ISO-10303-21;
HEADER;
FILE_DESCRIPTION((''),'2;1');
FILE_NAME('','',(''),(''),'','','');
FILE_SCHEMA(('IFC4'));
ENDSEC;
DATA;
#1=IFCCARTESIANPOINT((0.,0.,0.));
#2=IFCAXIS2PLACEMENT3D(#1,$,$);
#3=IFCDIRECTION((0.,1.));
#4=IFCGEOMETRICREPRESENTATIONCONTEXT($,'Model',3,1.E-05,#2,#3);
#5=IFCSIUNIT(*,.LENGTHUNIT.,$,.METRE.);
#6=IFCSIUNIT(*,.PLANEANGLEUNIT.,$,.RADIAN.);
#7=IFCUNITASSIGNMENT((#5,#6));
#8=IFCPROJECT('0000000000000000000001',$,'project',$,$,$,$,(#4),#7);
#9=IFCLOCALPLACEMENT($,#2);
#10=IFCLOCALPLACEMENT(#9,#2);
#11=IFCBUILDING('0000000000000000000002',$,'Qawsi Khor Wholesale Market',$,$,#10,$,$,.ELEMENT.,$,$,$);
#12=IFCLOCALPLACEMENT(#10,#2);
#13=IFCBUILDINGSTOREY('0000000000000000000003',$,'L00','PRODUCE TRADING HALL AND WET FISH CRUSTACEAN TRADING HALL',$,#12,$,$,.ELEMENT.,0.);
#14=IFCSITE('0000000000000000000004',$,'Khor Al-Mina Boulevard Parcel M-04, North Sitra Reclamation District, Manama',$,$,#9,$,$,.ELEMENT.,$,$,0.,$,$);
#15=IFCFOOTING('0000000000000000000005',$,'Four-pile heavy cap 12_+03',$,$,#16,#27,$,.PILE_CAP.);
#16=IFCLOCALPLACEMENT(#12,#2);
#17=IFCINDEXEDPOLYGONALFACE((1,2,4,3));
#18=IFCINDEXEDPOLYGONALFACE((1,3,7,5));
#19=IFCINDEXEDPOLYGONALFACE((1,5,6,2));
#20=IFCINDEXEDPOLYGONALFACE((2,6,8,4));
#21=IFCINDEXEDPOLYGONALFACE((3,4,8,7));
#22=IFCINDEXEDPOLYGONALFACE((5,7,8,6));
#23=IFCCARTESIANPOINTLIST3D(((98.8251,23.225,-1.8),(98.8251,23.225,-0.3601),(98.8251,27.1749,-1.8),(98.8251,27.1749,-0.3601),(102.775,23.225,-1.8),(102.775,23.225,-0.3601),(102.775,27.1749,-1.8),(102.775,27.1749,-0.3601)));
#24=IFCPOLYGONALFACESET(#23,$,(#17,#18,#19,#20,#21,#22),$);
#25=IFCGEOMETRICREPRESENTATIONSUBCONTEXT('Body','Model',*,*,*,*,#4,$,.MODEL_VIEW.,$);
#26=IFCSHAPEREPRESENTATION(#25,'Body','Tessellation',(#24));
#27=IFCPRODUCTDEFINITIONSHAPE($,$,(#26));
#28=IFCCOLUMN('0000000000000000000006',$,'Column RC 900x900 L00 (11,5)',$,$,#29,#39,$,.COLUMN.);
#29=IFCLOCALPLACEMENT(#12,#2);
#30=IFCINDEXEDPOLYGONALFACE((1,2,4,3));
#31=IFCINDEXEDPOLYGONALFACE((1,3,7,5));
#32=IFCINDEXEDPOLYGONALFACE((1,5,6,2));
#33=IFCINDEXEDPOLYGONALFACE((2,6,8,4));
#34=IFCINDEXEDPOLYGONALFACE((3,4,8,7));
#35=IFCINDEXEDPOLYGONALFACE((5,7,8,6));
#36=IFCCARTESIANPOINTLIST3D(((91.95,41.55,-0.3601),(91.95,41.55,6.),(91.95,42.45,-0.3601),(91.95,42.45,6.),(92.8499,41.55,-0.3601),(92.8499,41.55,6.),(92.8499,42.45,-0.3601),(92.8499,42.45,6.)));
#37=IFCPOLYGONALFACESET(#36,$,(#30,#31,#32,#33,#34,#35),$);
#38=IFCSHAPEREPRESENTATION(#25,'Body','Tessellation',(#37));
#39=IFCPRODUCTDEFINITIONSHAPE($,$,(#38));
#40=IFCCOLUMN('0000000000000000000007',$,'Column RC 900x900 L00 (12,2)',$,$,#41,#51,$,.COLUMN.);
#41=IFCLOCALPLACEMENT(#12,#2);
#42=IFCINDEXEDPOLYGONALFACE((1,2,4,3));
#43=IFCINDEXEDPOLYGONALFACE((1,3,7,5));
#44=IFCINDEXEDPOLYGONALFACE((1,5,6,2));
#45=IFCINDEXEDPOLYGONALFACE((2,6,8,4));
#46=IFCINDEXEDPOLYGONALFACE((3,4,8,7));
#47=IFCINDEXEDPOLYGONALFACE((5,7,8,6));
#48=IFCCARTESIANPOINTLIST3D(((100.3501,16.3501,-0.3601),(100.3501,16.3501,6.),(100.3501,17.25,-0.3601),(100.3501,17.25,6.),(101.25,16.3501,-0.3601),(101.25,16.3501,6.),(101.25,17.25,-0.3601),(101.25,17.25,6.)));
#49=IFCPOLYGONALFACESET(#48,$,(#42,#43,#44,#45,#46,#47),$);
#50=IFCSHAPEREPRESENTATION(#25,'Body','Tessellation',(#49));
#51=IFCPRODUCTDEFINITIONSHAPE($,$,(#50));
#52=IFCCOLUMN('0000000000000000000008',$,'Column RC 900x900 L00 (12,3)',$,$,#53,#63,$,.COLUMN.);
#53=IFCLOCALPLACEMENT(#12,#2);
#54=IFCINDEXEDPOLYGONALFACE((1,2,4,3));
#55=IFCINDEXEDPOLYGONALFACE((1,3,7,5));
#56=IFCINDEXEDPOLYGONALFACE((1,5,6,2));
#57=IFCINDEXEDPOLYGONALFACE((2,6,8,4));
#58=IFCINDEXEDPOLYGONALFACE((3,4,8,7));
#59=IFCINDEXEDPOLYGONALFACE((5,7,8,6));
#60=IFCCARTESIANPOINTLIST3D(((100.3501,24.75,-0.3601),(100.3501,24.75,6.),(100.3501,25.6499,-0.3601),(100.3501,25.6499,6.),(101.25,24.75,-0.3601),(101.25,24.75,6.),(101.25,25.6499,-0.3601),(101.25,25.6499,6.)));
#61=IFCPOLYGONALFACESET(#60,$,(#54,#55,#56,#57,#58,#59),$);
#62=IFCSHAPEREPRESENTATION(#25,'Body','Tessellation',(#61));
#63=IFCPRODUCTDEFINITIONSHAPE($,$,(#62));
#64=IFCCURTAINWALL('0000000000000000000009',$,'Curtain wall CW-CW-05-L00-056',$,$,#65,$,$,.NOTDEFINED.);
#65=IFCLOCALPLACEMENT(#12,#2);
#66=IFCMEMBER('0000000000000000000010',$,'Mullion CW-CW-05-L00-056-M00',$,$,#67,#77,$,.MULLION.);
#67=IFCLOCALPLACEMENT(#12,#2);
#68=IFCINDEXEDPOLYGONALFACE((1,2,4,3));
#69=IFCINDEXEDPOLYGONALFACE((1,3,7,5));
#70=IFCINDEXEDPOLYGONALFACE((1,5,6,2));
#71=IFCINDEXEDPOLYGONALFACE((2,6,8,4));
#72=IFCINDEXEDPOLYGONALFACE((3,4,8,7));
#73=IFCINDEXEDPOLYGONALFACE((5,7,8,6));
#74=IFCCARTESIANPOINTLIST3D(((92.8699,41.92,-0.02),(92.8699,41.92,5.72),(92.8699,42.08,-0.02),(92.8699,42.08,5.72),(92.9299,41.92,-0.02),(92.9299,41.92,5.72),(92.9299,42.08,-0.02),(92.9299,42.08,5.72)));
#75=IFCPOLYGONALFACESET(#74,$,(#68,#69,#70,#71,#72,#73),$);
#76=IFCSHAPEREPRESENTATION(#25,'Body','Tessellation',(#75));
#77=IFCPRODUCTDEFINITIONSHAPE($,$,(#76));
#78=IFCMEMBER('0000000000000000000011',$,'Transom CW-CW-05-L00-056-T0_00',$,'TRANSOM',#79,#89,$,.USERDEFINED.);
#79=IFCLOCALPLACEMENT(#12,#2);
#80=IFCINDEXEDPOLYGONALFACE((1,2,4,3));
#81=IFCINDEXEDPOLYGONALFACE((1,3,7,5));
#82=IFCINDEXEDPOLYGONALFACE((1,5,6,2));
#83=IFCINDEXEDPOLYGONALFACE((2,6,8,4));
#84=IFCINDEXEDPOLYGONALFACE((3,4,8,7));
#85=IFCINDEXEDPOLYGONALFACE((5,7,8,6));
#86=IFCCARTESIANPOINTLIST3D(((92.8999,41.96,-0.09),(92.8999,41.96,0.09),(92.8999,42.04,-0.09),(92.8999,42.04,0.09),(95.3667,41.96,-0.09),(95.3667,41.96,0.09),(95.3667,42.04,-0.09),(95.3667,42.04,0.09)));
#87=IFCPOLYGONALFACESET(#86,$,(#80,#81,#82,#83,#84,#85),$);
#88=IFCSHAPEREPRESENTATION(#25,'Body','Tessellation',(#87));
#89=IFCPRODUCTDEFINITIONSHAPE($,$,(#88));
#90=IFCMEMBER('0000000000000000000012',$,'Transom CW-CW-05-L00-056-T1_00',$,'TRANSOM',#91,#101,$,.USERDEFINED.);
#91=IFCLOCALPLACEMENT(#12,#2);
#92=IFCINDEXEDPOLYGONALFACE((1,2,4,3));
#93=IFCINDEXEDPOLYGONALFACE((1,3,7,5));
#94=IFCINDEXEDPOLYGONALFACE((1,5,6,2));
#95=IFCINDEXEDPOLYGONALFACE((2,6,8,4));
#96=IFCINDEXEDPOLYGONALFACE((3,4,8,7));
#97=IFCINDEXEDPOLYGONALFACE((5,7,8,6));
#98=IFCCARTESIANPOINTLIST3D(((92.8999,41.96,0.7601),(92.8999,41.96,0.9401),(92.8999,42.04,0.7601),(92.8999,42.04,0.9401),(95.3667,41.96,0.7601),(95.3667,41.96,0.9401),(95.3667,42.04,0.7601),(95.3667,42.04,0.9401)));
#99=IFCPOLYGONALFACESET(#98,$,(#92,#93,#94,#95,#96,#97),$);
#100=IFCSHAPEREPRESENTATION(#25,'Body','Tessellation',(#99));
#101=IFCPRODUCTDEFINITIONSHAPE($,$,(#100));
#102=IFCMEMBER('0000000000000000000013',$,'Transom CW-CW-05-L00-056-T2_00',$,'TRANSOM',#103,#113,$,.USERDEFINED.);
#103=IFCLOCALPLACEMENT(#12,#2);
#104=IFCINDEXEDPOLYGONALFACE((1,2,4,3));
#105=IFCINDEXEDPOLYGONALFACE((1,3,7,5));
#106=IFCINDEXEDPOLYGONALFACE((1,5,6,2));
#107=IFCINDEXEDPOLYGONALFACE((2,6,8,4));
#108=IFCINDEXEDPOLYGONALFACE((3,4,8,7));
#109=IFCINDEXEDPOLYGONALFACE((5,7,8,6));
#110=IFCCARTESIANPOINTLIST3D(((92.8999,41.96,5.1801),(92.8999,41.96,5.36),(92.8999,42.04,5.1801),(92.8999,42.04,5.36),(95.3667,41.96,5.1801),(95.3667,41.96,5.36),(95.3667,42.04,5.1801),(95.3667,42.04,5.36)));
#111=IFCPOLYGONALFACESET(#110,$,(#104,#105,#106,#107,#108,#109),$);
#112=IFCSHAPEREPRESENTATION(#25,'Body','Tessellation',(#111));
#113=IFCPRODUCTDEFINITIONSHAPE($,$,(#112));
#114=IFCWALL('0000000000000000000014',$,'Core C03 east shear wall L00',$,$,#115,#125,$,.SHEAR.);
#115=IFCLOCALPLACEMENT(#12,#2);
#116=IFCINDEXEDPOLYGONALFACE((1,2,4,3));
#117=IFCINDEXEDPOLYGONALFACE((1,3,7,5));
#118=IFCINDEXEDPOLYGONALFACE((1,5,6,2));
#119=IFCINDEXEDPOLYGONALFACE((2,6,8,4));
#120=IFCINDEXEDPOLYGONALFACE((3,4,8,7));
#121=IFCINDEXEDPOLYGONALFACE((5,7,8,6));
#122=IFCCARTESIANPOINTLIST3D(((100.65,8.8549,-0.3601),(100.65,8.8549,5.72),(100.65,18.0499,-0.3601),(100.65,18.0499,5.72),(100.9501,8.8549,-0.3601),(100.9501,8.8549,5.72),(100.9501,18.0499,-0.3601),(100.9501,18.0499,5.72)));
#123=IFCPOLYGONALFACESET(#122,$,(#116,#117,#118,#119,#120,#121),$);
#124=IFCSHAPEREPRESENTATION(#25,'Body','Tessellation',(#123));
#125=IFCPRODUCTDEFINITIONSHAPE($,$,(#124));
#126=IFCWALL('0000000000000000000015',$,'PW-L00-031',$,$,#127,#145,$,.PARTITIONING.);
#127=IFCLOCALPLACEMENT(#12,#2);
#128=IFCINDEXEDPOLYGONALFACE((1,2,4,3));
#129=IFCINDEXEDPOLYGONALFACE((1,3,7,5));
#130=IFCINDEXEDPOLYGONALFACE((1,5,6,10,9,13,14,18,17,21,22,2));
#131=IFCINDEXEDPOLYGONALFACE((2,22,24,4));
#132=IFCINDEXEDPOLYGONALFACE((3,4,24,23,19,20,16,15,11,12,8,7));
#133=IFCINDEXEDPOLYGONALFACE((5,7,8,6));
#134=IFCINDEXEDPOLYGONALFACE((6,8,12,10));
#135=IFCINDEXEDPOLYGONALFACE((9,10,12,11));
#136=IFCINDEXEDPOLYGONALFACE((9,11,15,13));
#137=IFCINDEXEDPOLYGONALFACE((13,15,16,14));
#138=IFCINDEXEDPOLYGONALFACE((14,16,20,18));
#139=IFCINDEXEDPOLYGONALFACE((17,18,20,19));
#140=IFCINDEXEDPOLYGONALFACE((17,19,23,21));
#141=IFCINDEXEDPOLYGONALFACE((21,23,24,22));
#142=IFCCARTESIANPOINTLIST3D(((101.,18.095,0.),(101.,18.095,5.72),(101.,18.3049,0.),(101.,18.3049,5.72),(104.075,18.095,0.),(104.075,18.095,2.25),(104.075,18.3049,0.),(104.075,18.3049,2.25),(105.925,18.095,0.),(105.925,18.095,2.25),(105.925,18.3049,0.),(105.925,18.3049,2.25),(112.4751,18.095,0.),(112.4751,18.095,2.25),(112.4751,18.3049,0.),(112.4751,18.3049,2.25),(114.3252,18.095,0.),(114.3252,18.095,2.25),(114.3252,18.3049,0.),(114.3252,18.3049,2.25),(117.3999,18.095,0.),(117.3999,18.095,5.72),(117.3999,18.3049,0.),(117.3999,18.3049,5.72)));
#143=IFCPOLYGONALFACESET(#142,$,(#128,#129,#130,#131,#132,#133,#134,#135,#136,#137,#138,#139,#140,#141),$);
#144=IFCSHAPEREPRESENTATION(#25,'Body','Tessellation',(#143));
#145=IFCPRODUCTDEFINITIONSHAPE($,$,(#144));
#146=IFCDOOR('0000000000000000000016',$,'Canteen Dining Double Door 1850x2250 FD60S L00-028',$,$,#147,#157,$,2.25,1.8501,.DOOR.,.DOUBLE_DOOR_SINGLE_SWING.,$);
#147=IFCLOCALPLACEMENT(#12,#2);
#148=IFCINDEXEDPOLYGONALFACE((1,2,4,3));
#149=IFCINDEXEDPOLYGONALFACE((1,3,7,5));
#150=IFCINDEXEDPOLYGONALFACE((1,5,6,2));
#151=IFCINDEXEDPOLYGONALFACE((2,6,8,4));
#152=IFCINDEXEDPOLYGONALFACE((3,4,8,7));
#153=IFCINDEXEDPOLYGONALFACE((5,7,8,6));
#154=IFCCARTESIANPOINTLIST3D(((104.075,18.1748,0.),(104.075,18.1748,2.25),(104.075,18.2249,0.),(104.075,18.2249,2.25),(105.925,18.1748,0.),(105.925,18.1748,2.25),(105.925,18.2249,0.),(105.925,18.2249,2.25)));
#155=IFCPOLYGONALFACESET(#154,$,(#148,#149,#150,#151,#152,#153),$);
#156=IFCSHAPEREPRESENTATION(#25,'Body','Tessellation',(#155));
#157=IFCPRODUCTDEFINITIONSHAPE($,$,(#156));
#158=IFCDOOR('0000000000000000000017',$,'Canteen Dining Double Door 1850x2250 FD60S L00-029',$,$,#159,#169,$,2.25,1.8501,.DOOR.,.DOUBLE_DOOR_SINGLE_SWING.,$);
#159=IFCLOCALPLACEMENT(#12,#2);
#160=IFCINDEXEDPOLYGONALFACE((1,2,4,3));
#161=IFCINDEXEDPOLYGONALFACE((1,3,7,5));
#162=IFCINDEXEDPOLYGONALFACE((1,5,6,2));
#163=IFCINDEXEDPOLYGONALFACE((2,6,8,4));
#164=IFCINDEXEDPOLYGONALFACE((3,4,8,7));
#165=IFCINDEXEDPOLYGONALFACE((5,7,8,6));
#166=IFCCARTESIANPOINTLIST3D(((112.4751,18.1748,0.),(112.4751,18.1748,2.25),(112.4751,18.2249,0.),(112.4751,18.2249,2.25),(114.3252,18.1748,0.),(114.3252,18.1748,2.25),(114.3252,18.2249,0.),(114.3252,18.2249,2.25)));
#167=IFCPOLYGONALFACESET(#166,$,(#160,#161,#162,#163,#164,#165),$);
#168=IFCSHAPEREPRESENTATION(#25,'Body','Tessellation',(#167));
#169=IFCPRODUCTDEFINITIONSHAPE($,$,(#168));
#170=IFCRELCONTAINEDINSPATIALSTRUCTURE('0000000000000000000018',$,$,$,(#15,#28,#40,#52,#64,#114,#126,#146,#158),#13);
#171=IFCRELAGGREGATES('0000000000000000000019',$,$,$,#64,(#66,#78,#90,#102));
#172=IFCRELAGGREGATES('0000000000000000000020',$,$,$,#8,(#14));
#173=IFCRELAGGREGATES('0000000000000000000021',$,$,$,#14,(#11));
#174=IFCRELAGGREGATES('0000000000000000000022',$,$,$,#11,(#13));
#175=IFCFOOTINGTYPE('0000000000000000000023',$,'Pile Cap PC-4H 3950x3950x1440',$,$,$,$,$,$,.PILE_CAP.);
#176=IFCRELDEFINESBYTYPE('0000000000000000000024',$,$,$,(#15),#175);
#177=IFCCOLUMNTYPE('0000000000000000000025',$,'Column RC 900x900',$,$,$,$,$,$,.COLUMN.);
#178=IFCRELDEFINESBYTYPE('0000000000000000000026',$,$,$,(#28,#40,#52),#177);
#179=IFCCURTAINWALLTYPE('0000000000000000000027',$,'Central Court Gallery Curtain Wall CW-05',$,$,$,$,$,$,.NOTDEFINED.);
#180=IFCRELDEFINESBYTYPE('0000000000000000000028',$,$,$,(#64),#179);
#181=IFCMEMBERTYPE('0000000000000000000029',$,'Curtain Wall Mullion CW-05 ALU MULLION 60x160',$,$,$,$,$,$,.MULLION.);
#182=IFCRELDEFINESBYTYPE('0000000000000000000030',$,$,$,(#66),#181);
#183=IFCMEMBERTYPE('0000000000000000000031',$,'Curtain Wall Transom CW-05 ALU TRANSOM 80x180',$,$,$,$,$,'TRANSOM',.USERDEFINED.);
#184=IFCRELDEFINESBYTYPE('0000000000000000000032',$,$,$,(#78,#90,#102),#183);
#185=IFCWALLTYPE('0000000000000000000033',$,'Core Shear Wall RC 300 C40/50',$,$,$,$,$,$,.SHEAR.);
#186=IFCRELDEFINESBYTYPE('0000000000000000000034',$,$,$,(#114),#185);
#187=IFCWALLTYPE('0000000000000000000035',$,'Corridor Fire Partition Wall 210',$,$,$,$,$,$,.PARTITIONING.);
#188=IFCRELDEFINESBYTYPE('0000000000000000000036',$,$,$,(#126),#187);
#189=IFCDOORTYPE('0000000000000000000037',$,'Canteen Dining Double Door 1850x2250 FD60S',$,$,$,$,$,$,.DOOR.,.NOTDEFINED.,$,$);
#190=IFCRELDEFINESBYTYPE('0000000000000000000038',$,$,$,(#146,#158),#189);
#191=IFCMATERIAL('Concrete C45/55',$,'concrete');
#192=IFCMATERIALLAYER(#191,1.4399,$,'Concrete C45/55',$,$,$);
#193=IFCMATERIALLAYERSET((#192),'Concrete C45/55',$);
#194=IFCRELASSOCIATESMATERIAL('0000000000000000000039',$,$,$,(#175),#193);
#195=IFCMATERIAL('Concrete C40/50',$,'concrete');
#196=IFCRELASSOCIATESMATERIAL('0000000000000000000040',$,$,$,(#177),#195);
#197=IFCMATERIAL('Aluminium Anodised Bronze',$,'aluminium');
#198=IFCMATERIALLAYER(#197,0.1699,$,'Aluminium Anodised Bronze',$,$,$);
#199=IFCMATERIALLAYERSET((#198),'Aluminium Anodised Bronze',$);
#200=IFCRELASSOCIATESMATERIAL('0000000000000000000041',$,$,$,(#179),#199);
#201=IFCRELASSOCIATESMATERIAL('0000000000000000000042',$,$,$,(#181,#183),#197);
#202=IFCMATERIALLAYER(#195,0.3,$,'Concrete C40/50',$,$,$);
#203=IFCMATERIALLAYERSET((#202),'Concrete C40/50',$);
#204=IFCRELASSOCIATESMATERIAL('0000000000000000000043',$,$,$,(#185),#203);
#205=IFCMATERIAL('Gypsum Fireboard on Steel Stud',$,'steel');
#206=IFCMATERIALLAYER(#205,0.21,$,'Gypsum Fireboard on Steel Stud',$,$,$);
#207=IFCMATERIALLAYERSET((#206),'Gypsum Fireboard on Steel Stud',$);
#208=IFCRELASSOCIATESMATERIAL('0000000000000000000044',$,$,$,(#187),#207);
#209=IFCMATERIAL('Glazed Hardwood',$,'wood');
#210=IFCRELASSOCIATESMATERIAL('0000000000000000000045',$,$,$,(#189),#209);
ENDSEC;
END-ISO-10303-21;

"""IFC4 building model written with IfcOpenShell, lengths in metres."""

from ifc_helpers import new_model, si_unit, direction, frame, frame_2d, origin, origin_2d, place, context, subcontext, project, spatial, rectangle, extrude, material, layer, layer_set, material_profile, profile_set, type_object, element, fill, aggregate, save


model = new_model("IFC4")

# Units and contexts
model_context = context("Model", 3, precision=1e-05, world=origin(), true_north=direction((0.0, 1.0)))
body_context = subcontext(model_context, "Body", "Model", "MODEL_VIEW")
ifc_project = project(units=[si_unit("LENGTHUNIT", "METRE"), si_unit("PLANEANGLEUNIT", "RADIAN")], contexts=[model_context])

# Site, building, storey
site_placement = place(None, origin())
site = spatial("IfcSite", under=ifc_project, at=site_placement, Name="Khor Al-Mina Boulevard Parcel M-04, North Sitra Reclamation District, Manama", CompositionType="ELEMENT", RefElevation=0.0)
building_placement = place(site_placement, origin())
building = spatial("IfcBuilding", under=site, at=building_placement, Name="Qawsi Khor Wholesale Market", CompositionType="ELEMENT")
storey_placement = place(building_placement, origin())
storey = spatial("IfcBuildingStorey", under=building, at=storey_placement, Name="L00", Description="PRODUCE TRADING HALL AND WET FISH CRUSTACEAN TRADING HALL", CompositionType="ELEMENT", Elevation=0.0)

# Shared definitions
ifc_material_1 = material(Name="Concrete C45/55", Category="concrete")

# Footing
ifc_layer_1 = layer(ifc_material_1, 1.4399, Name="Concrete C45/55")
ifc_layer_set_1 = layer_set([ifc_layer_1], Name="Concrete C45/55")
footing_type_1 = type_object("IfcFootingType", Name="Pile Cap PC-4H 3950x3950x1440", PredefinedType="PILE_CAP", material=ifc_layer_set_1)
footing_1_placement = place(storey_placement, frame((100.8, 25.2, -1.8), z_axis=(0.0, 0.0, 1.0), x_axis=(1.0, 0.0, 0.0)))
element("IfcFooting", 1, at=footing_1_placement, inside=storey, type_object=footing_type_1, Name="Four-pile heavy cap 12_+03", PredefinedType="PILE_CAP", context=body_context, shape_type="SweptSolid", body=[
    extrude(rectangle(XDim=3.95, YDim=3.95, at=origin_2d()), origin(), (0.0, 0.0, 1.0), 1.4399),
])

# Columns
ifc_material_2 = material(Name="Concrete C40/50", Category="concrete")
ifc_material_profile_1 = material_profile(ifc_material_2, rectangle(XDim=0.8999, YDim=0.8999, at=origin_2d()), Name="RC 900x900")
ifc_profile_set_1 = profile_set([ifc_material_profile_1], Name="Concrete C40/50")
column_type = type_object("IfcColumnType", Name="Column RC 900x900", PredefinedType="COLUMN", material=ifc_profile_set_1)
for number, where, z_axis, x_axis, name in (
    (2, (92.3999, 42.0, -0.3601), (0.0, 0.0, 1.0), (1.0, 0.0, 0.0), "Column RC 900x900 L00 (11,5)"),
    (3, (100.8, 16.8, -0.3601), (0.0, 0.0, 1.0), (1.0, 0.0, 0.0), "Column RC 900x900 L00 (12,2)"),
    (4, (100.8, 25.2, -0.3601), (0.0, 0.0, 1.0), (1.0, 0.0, 0.0), "Column RC 900x900 L00 (12,3)"),
):
    element("IfcColumn", number, at=place(storey_placement, frame(where, z_axis=z_axis, x_axis=x_axis)), inside=storey, type_object=column_type, Name=name, PredefinedType="COLUMN", context=body_context, shape_type="SweptSolid", body=[
        extrude(rectangle(XDim=0.8999, YDim=0.8999, at=origin_2d()), origin(), (0.0, 0.0, 1.0), 6.3601),
    ])

# Curtain wall, members
ifc_material_3 = material(Name="Aluminium Anodised Bronze", Category="aluminium")
ifc_layer_2 = layer(ifc_material_3, 0.1699, Name="Aluminium Anodised Bronze")
ifc_layer_set_2 = layer_set([ifc_layer_2], Name="Aluminium Anodised Bronze")
curtain_wall_type = type_object("IfcCurtainWallType", Name="Central Court Gallery Curtain Wall CW-05", PredefinedType="NOTDEFINED", material=ifc_layer_set_2)
curtain_wall_placement = place(storey_placement, origin())
curtain_wall = element("IfcCurtainWall", 5, at=curtain_wall_placement, inside=storey, type_object=curtain_wall_type, Name="Curtain wall CW-CW-05-L00-056", PredefinedType="NOTDEFINED")
ifc_material_profile_2 = material_profile(ifc_material_3, rectangle(XDim=0.0601, YDim=0.1599, at=origin_2d()), Name="ALU MULLION 60x160")
ifc_profile_set_2 = profile_set([ifc_material_profile_2], Name="Aluminium Anodised Bronze")
member_type_1 = type_object("IfcMemberType", Name="Curtain Wall Mullion CW-05 ALU MULLION 60x160", PredefinedType="MULLION", material=ifc_profile_set_2)
member_1_placement = place(storey_placement, frame((92.8999, 42.0, -0.02), z_axis=(0.0, 0.0, 1.0), x_axis=(1.0, 0.0, 0.0)))
member_1 = element("IfcMember", 6, at=member_1_placement, type_object=member_type_1, Name="Mullion CW-CW-05-L00-056-M00", PredefinedType="MULLION", context=body_context, shape_type="SweptSolid", body=[
    extrude(rectangle(XDim=0.0601, YDim=0.1599, at=origin_2d()), origin(), (0.0, 0.0, 1.0), 5.74),
])
ifc_material_profile_3 = material_profile(ifc_material_3, rectangle(XDim=0.0801, YDim=0.1799, at=origin_2d()), Name="ALU TRANSOM 80x180")
ifc_profile_set_3 = profile_set([ifc_material_profile_3], Name="Aluminium Anodised Bronze")
member_type_2 = type_object("IfcMemberType", Name="Curtain Wall Transom CW-05 ALU TRANSOM 80x180", ElementType="TRANSOM", PredefinedType="USERDEFINED", material=ifc_profile_set_3)
member_2_placement = place(storey_placement, frame((92.8999, 42.0, 0.0), z_axis=(1.0, 0.0, 0.0), x_axis=(0.0, 1.0, 0.0)))
member_2 = element("IfcMember", 7, at=member_2_placement, type_object=member_type_2, Name="Transom CW-CW-05-L00-056-T0_00", ObjectType="TRANSOM", PredefinedType="USERDEFINED", context=body_context, shape_type="SweptSolid", body=[
    extrude(rectangle(XDim=0.0801, YDim=0.1799, at=origin_2d()), origin(), (0.0, 0.0, 1.0), 2.4668),
])
member_3_placement = place(storey_placement, frame((92.8999, 42.0, 0.8501), z_axis=(1.0, 0.0, 0.0), x_axis=(0.0, 1.0, 0.0)))
member_3 = element("IfcMember", 8, at=member_3_placement, type_object=member_type_2, Name="Transom CW-CW-05-L00-056-T1_00", ObjectType="TRANSOM", PredefinedType="USERDEFINED", context=body_context, shape_type="SweptSolid", body=[
    extrude(rectangle(XDim=0.0801, YDim=0.1799, at=origin_2d()), origin(), (0.0, 0.0, 1.0), 2.4668),
])
member_4_placement = place(storey_placement, frame((92.8999, 42.0, 5.27), z_axis=(1.0, 0.0, 0.0), x_axis=(0.0, 1.0, 0.0)))
member_4 = element("IfcMember", 9, at=member_4_placement, type_object=member_type_2, Name="Transom CW-CW-05-L00-056-T2_00", ObjectType="TRANSOM", PredefinedType="USERDEFINED", context=body_context, shape_type="SweptSolid", body=[
    extrude(rectangle(XDim=0.0801, YDim=0.1799, at=origin_2d()), origin(), (0.0, 0.0, 1.0), 2.4668),
])
aggregate(curtain_wall, [member_1, member_2, member_3, member_4])

# Wall
ifc_layer_3 = layer(ifc_material_2, 0.3, Name="Concrete C40/50")
ifc_layer_set_3 = layer_set([ifc_layer_3], Name="Concrete C40/50")
wall_type_1 = type_object("IfcWallType", Name="Core Shear Wall RC 300 C40/50", PredefinedType="SHEAR", material=ifc_layer_set_3)
wall_1_placement = place(storey_placement, frame((100.8, 18.05, -0.3601), z_axis=(0.0, 0.0, 1.0), x_axis=(0.0, -1.0, 0.0)))
element("IfcWall", 10, at=wall_1_placement, inside=storey, type_object=wall_type_1, Name="Core C03 east shear wall L00", PredefinedType="SHEAR", context=body_context, shape_type="SweptSolid", body=[
    extrude(rectangle(XDim=9.1951, YDim=0.3, at=frame_2d((4.5977, 0.0))), origin(), (0.0, 0.0, 1.0), 6.0801),
])

# Wall, openings, doors
ifc_material_4 = material(Name="Gypsum Fireboard on Steel Stud", Category="steel")
ifc_layer_4 = layer(ifc_material_4, 0.21, Name="Gypsum Fireboard on Steel Stud")
ifc_layer_set_4 = layer_set([ifc_layer_4], Name="Gypsum Fireboard on Steel Stud")
wall_type_2 = type_object("IfcWallType", Name="Corridor Fire Partition Wall 210", PredefinedType="PARTITIONING", material=ifc_layer_set_4)
wall_2_placement = place(storey_placement, frame((101.0, 18.2, 0.0), z_axis=(0.0, 0.0, 1.0), x_axis=(1.0, 0.0, 0.0)))
wall_2 = element("IfcWall", 11, at=wall_2_placement, inside=storey, type_object=wall_type_2, Name="PW-L00-031", PredefinedType="PARTITIONING", context=body_context, shape_type="SweptSolid", body=[
    extrude(rectangle(XDim=16.3999, YDim=0.21, at=frame_2d((8.2, 0.0))), origin(), (0.0, 0.0, 1.0), 5.72),
])
opening_1_placement = place(wall_2_placement, frame((3.075, 0.0, 0.0)))
opening_1 = element("IfcOpeningElement", 12, at=opening_1_placement, cuts=wall_2, PredefinedType="OPENING", context=body_context, shape_type="SweptSolid", body=[
    extrude(rectangle(XDim=1.8501, YDim=2.25, at=frame_2d((0.925, 1.125))), frame((0.0, 0.115, 0.0), z_axis=(0.0, -1.0, 0.0), x_axis=(1.0, 0.0, 0.0)), (0.0, 0.0, 1.0), 0.23),
])
opening_2_placement = place(wall_2_placement, frame((11.4751, 0.0, 0.0)))
opening_2 = element("IfcOpeningElement", 13, at=opening_2_placement, cuts=wall_2, PredefinedType="OPENING", context=body_context, shape_type="SweptSolid", body=[
    extrude(rectangle(XDim=1.8501, YDim=2.25, at=frame_2d((0.925, 1.125))), frame((0.0, 0.115, 0.0), z_axis=(0.0, -1.0, 0.0), x_axis=(1.0, 0.0, 0.0)), (0.0, 0.0, 1.0), 0.23),
])
ifc_material_5 = material(Name="Glazed Hardwood", Category="wood")
door_type_1 = type_object("IfcDoorType", Name="Canteen Dining Double Door 1850x2250 FD60S", OperationType="NOTDEFINED", PredefinedType="DOOR", material=ifc_material_5)
door_1_placement = place(opening_1_placement, origin())
door_1 = element("IfcDoor", 14, at=door_1_placement, inside=storey, type_object=door_type_1, Name="Canteen Dining Double Door 1850x2250 FD60S L00-028", OperationType="DOUBLE_DOOR_SINGLE_SWING", OverallHeight=2.25, OverallWidth=1.8501, PredefinedType="DOOR", context=body_context, shape_type="SweptSolid", body=[
    extrude(rectangle(XDim=1.8501, YDim=2.25, at=frame_2d((0.925, 1.125))), frame((0.0, 0.0249, 0.0), z_axis=(0.0, -1.0, 0.0), x_axis=(1.0, 0.0, 0.0)), (0.0, 0.0, 1.0), 0.05),
])
fill(opening_1, door_1)
door_2_placement = place(opening_2_placement, origin())
door_2 = element("IfcDoor", 15, at=door_2_placement, inside=storey, type_object=door_type_1, Name="Canteen Dining Double Door 1850x2250 FD60S L00-029", OperationType="DOUBLE_DOOR_SINGLE_SWING", OverallHeight=2.25, OverallWidth=1.8501, PredefinedType="DOOR", context=body_context, shape_type="SweptSolid", body=[
    extrude(rectangle(XDim=1.8501, YDim=2.25, at=frame_2d((0.925, 1.125))), frame((0.0, 0.0249, 0.0), z_axis=(0.0, -1.0, 0.0), x_axis=(1.0, 0.0, 0.0)), (0.0, 0.0, 1.0), 0.05),
])
fill(opening_2, door_2)

save(model, "model.ifc")
